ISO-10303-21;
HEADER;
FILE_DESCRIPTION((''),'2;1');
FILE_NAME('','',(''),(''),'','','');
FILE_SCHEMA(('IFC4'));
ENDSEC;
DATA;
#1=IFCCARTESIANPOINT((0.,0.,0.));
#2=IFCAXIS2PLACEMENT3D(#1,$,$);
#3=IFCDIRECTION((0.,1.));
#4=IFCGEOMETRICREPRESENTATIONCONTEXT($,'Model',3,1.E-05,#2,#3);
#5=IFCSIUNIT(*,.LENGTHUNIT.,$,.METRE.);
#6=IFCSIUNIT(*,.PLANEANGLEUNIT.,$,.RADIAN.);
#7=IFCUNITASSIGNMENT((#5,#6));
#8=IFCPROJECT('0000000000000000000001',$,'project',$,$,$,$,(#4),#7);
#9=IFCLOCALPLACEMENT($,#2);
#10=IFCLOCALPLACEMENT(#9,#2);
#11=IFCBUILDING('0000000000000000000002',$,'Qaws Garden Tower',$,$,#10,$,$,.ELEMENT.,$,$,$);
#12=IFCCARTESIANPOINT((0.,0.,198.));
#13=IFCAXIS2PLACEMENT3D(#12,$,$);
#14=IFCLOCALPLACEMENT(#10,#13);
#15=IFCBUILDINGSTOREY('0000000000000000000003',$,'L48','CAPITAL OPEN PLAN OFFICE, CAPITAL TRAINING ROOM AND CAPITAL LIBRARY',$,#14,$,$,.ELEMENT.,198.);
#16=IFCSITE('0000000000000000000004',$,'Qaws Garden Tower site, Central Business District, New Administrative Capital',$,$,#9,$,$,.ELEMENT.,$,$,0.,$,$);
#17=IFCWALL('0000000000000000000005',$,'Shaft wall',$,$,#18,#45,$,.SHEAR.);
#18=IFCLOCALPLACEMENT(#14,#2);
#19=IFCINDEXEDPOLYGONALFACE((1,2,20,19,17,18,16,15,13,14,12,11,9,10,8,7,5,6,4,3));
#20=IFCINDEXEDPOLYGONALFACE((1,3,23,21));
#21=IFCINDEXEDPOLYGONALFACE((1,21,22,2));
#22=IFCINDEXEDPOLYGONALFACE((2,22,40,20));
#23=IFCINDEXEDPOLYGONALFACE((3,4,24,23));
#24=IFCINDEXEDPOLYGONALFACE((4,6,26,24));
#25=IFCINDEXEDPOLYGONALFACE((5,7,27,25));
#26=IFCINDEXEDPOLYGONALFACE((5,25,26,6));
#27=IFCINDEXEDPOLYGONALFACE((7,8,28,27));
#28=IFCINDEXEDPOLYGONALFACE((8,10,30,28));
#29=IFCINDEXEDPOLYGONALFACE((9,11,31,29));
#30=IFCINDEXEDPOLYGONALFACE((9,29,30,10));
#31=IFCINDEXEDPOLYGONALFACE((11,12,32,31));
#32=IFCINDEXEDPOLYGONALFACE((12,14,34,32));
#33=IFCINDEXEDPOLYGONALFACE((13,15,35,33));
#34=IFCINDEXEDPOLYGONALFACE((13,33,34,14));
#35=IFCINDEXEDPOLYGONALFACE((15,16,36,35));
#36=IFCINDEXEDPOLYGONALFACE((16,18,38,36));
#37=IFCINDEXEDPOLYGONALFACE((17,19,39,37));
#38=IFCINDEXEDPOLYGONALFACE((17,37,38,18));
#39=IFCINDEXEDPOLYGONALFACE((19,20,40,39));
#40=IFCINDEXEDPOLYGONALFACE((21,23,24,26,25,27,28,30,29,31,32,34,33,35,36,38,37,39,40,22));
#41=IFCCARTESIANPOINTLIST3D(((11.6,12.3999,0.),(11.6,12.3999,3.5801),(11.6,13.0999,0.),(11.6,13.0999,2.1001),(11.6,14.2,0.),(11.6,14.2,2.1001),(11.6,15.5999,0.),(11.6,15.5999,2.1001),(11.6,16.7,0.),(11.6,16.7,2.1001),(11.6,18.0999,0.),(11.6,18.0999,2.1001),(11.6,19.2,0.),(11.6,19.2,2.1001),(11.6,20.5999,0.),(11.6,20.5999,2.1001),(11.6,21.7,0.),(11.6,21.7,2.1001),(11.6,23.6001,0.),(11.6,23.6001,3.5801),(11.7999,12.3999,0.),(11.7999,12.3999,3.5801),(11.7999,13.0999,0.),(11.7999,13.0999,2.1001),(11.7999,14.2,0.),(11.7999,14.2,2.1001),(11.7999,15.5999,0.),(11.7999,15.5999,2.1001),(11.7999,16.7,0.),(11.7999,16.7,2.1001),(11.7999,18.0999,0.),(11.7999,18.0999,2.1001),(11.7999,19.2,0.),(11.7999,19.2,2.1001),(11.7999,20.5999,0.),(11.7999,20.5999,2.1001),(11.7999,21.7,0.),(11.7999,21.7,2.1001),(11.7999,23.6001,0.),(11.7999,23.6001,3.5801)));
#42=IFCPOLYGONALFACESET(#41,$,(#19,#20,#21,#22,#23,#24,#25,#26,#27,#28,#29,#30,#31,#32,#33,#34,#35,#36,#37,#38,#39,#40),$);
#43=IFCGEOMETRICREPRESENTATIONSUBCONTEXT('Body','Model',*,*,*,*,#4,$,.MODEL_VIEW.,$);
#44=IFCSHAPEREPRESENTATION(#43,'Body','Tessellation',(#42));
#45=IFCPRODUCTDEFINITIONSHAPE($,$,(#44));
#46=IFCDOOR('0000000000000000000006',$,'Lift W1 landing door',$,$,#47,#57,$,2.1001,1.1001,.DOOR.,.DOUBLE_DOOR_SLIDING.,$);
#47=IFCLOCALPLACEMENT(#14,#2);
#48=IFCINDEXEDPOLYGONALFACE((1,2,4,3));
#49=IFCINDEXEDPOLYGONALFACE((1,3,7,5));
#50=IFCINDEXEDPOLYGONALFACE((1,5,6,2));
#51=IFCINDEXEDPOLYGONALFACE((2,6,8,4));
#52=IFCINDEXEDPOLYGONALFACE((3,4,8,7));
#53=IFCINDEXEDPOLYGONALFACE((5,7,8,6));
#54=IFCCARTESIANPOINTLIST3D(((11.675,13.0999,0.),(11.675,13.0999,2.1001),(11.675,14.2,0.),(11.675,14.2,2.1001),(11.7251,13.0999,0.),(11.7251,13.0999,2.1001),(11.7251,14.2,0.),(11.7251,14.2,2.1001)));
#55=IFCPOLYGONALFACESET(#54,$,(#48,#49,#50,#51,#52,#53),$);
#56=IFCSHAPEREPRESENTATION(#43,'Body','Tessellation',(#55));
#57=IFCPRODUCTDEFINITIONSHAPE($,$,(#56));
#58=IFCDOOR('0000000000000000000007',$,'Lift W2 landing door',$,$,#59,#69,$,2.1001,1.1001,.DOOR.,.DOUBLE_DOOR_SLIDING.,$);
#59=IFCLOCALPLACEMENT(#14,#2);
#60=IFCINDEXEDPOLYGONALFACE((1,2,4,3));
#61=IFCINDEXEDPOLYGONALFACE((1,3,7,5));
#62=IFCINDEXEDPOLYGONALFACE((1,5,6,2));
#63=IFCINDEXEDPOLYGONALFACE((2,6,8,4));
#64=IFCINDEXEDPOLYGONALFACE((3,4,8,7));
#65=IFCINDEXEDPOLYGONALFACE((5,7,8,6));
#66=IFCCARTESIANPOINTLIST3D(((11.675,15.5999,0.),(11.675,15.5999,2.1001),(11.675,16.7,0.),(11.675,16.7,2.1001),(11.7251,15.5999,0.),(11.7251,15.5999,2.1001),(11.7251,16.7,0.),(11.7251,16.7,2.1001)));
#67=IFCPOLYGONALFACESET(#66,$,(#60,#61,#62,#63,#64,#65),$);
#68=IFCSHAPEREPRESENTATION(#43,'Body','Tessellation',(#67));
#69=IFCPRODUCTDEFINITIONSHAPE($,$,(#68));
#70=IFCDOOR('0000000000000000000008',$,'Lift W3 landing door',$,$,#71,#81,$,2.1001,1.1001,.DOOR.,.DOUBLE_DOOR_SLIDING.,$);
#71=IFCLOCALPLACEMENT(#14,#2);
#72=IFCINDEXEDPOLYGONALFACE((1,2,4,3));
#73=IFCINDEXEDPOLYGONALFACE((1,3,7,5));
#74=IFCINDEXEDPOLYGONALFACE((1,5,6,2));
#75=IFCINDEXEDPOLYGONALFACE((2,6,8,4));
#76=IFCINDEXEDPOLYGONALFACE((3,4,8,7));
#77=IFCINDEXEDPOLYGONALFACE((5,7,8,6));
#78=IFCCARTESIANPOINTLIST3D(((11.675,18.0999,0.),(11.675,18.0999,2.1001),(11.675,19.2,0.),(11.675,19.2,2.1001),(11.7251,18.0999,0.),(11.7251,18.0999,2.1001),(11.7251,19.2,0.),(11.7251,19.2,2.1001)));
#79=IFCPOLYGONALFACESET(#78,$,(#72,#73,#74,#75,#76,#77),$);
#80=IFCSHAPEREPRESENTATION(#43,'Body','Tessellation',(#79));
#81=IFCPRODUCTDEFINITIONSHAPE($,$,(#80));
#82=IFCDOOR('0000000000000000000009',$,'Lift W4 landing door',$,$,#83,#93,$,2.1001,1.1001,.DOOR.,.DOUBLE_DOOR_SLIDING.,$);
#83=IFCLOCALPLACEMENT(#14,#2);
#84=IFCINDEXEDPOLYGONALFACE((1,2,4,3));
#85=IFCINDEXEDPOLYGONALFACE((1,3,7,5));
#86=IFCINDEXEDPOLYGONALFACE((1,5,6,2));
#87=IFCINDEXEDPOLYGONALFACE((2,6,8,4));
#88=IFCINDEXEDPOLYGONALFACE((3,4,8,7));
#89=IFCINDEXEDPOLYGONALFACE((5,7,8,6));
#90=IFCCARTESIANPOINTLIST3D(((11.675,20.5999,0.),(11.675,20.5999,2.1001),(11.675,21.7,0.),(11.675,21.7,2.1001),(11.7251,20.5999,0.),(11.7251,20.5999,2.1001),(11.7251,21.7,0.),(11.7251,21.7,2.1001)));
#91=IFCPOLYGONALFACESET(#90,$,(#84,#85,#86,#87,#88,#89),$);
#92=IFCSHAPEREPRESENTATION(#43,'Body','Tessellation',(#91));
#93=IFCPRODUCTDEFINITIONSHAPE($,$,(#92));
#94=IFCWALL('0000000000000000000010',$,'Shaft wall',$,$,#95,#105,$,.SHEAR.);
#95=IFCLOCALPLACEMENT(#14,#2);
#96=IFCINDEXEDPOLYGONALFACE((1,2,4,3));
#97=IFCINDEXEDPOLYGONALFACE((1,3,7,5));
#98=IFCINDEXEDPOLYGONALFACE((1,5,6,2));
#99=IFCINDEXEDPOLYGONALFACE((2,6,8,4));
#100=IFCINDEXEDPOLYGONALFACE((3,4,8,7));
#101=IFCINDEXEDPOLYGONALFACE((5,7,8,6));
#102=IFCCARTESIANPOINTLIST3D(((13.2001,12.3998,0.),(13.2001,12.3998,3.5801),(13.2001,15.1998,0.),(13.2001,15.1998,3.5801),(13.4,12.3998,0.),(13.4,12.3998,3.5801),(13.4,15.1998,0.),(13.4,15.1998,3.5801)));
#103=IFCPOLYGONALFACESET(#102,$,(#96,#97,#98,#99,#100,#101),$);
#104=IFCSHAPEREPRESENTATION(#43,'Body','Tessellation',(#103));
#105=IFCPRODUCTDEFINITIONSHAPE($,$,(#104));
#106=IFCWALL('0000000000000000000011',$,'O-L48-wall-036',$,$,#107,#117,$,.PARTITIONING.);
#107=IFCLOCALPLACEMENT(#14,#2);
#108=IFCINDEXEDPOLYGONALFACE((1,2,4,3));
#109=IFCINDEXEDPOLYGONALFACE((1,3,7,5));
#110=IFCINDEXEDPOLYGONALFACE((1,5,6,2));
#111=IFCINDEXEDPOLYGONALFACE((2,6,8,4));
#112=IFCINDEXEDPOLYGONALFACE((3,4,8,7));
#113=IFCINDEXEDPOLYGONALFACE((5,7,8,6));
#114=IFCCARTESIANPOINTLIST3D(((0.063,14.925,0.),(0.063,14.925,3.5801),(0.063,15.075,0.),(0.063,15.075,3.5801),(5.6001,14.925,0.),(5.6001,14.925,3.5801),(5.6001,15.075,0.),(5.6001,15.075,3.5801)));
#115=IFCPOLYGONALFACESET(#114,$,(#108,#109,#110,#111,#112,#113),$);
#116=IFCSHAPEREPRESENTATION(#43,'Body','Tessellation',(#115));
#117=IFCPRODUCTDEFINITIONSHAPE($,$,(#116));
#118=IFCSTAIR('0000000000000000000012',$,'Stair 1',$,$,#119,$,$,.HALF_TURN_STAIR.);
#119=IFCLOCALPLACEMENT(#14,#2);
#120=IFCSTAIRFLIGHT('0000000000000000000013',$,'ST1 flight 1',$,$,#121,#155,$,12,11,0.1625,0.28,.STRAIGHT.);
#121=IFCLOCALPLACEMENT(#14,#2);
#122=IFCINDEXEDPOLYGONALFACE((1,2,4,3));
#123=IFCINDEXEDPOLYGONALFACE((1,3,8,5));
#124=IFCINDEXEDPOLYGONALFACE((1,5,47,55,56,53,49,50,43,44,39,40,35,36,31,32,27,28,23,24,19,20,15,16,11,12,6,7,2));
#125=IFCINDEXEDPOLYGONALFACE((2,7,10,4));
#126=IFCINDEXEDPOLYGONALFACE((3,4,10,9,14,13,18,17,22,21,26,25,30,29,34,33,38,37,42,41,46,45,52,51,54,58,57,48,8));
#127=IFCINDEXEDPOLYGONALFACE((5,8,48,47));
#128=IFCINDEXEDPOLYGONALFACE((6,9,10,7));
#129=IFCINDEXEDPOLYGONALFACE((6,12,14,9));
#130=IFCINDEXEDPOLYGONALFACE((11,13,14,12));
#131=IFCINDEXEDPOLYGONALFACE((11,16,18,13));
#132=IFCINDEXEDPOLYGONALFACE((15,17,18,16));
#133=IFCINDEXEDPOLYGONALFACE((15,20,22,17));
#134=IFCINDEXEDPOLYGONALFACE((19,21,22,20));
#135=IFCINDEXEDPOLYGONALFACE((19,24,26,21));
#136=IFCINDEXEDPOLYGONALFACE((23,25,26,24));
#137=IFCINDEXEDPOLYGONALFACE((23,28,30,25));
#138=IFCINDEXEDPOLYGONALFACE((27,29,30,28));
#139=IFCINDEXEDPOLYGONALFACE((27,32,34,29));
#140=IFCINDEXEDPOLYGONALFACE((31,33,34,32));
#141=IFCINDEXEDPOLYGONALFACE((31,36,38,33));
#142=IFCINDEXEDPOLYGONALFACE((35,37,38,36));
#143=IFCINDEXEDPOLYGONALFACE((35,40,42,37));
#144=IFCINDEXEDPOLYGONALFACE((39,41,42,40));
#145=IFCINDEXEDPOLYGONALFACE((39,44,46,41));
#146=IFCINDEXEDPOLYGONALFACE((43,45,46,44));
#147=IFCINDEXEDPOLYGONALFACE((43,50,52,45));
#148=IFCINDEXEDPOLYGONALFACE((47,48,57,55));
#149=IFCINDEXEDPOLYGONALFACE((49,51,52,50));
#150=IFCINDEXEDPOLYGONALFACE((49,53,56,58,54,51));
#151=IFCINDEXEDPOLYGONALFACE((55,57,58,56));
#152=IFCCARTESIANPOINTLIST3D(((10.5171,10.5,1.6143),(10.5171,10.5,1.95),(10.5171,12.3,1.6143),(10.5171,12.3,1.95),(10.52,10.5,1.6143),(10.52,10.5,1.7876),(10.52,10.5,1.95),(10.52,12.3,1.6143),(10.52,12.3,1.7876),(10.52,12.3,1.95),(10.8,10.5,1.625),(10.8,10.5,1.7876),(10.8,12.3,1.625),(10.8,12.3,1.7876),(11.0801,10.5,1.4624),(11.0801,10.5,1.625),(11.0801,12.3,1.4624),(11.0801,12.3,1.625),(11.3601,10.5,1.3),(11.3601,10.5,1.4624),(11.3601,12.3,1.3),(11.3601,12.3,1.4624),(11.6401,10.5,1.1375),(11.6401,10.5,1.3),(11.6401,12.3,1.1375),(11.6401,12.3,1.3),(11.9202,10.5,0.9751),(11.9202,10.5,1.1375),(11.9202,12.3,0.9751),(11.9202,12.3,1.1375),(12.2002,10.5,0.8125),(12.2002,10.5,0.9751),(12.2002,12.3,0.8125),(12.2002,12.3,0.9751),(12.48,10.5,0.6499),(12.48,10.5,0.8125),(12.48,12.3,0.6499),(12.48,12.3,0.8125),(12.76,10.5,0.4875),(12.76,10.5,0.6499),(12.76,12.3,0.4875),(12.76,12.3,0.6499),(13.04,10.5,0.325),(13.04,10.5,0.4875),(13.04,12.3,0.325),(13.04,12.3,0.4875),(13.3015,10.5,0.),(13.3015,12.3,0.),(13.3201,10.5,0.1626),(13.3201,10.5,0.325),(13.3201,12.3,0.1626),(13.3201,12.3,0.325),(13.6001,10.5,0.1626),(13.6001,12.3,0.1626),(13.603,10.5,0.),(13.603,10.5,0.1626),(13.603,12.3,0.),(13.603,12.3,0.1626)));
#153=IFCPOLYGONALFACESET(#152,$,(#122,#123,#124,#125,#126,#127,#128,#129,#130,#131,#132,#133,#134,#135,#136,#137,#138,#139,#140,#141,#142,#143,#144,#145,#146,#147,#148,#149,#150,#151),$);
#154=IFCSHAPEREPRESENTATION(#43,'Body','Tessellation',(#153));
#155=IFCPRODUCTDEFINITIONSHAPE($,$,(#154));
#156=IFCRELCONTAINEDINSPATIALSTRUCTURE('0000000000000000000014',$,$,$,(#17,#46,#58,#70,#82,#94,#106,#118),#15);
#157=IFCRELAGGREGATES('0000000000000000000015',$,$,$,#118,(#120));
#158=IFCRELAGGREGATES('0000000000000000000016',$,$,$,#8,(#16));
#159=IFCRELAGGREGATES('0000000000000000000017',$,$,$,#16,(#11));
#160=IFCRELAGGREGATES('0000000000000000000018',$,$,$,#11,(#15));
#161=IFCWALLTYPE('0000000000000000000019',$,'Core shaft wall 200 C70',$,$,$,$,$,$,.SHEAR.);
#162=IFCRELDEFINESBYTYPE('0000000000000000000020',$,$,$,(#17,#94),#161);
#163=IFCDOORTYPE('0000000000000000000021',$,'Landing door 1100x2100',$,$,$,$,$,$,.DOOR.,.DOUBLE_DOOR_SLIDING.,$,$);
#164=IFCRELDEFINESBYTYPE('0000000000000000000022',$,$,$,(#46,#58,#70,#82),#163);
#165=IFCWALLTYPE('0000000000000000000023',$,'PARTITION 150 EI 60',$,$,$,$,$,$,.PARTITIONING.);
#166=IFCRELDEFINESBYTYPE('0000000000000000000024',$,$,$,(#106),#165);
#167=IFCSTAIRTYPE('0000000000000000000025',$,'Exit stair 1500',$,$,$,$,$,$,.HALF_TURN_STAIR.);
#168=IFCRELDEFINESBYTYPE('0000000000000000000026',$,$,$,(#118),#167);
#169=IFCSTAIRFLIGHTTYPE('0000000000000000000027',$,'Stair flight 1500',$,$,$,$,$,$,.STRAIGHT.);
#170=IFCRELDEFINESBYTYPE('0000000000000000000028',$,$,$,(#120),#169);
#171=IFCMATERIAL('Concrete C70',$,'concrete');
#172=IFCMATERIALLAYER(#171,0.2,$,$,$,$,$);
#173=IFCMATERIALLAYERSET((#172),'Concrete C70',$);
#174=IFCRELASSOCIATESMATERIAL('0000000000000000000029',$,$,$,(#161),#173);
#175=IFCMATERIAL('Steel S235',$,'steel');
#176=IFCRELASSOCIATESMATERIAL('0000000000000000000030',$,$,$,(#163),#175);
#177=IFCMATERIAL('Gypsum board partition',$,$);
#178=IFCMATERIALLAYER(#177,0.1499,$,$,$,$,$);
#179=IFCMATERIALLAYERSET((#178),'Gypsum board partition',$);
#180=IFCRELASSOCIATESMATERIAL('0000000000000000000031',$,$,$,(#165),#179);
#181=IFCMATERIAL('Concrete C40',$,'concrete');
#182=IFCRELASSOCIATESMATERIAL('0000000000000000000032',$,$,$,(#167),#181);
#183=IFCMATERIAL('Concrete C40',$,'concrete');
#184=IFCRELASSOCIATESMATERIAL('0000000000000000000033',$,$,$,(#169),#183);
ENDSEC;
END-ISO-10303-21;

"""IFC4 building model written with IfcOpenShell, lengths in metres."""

from ifc_helpers import new_model, si_unit, direction, frame, frame_2d, origin, place, context, subcontext, project, spatial, polyline, rectangle, outline, extrude, material, layer, layer_set, type_object, element, fill, aggregate, save


model = new_model("IFC4")

# Units and contexts
model_context = context("Model", 3, precision=1e-05, world=origin(), true_north=direction((0.0, 1.0)))
body_context = subcontext(model_context, "Body", "Model", "MODEL_VIEW")
ifc_project = project(units=[si_unit("LENGTHUNIT", "METRE"), si_unit("PLANEANGLEUNIT", "RADIAN")], contexts=[model_context])

# Site, building, storey
site_placement = place(None, origin())
site = spatial("IfcSite", under=ifc_project, at=site_placement, Name="Qaws Garden Tower site, Central Business District, New Administrative Capital", CompositionType="ELEMENT", RefElevation=0.0)
building_placement = place(site_placement, origin())
building = spatial("IfcBuilding", under=site, at=building_placement, Name="Qaws Garden Tower", CompositionType="ELEMENT")
storey_placement = place(building_placement, frame((0.0, 0.0, 198.0)))
storey = spatial("IfcBuildingStorey", under=building, at=storey_placement, Name="L48", Description="CAPITAL OPEN PLAN OFFICE, CAPITAL TRAINING ROOM AND CAPITAL LIBRARY", CompositionType="ELEMENT", Elevation=198.0)

# Shared definitions
ifc_material_1 = material(Name="Concrete C70", Category="concrete")
ifc_layer_1 = layer(ifc_material_1, 0.2)
ifc_layer_set_1 = layer_set([ifc_layer_1], Name="Concrete C70")
wall_type_1 = type_object("IfcWallType", Name="Core shaft wall 200 C70", PredefinedType="SHEAR", material=ifc_layer_set_1)

# Shared definitions
ifc_material_2 = material(Name="Steel S235", Category="steel")
door_type_1 = type_object("IfcDoorType", Name="Landing door 1100x2100", OperationType="DOUBLE_DOOR_SLIDING", PredefinedType="DOOR", material=ifc_material_2)

# Wall, openings, doors
wall_1_placement = place(storey_placement, frame((11.7, 12.3999, 0.0), z_axis=(0.0, 0.0, 1.0), x_axis=(0.0, 1.0, 0.0)))
wall_1 = element("IfcWall", 1, at=wall_1_placement, inside=storey, type_object=wall_type_1, Name="Shaft wall", PredefinedType="SHEAR", context=body_context, shape_type="SweptSolid", body=[
    extrude(rectangle(XDim=11.2002, YDim=0.2, at=frame_2d((5.6001, 0.0))), origin(), (0.0, 0.0, 1.0), 3.5801),
])
opening_1_placement = place(wall_1_placement, frame((0.7, 0.0, 0.0)))
opening_1 = element("IfcOpeningElement", 2, at=opening_1_placement, cuts=wall_1, PredefinedType="OPENING", context=body_context, shape_type="SweptSolid", body=[
    extrude(rectangle(XDim=1.1001, YDim=2.1001, at=frame_2d((0.55, 1.05))), frame((0.0, 0.1099, 0.0), z_axis=(0.0, -1.0, 0.0), x_axis=(1.0, 0.0, 0.0)), (0.0, 0.0, 1.0), 0.22),
])
opening_2_placement = place(wall_1_placement, frame((3.2, 0.0, 0.0)))
opening_2 = element("IfcOpeningElement", 3, at=opening_2_placement, cuts=wall_1, PredefinedType="OPENING", context=body_context, shape_type="SweptSolid", body=[
    extrude(rectangle(XDim=1.1001, YDim=2.1001, at=frame_2d((0.55, 1.05))), frame((0.0, 0.1099, 0.0), z_axis=(0.0, -1.0, 0.0), x_axis=(1.0, 0.0, 0.0)), (0.0, 0.0, 1.0), 0.22),
])
opening_3_placement = place(wall_1_placement, frame((5.7, 0.0, 0.0)))
opening_3 = element("IfcOpeningElement", 4, at=opening_3_placement, cuts=wall_1, PredefinedType="OPENING", context=body_context, shape_type="SweptSolid", body=[
    extrude(rectangle(XDim=1.1001, YDim=2.1001, at=frame_2d((0.55, 1.05))), frame((0.0, 0.1099, 0.0), z_axis=(0.0, -1.0, 0.0), x_axis=(1.0, 0.0, 0.0)), (0.0, 0.0, 1.0), 0.22),
])
opening_4_placement = place(wall_1_placement, frame((8.2, 0.0, 0.0)))
opening_4 = element("IfcOpeningElement", 5, at=opening_4_placement, cuts=wall_1, PredefinedType="OPENING", context=body_context, shape_type="SweptSolid", body=[
    extrude(rectangle(XDim=1.1001, YDim=2.1001, at=frame_2d((0.55, 1.05))), frame((0.0, 0.1099, 0.0), z_axis=(0.0, -1.0, 0.0), x_axis=(1.0, 0.0, 0.0)), (0.0, 0.0, 1.0), 0.22),
])
door_1_placement = place(opening_1_placement, origin())
door_1 = element("IfcDoor", 6, at=door_1_placement, inside=storey, type_object=door_type_1, Name="Lift W1 landing door", OperationType="DOUBLE_DOOR_SLIDING", OverallHeight=2.1001, OverallWidth=1.1001, PredefinedType="DOOR", context=body_context, shape_type="SweptSolid", body=[
    extrude(rectangle(XDim=1.1001, YDim=2.1001, at=frame_2d((0.55, 1.05))), frame((0.0, 0.0249, 0.0), z_axis=(0.0, -1.0, 0.0), x_axis=(1.0, 0.0, 0.0)), (0.0, 0.0, 1.0), 0.05),
])
fill(opening_1, door_1)
door_2_placement = place(opening_2_placement, origin())
door_2 = element("IfcDoor", 7, at=door_2_placement, inside=storey, type_object=door_type_1, Name="Lift W2 landing door", OperationType="DOUBLE_DOOR_SLIDING", OverallHeight=2.1001, OverallWidth=1.1001, PredefinedType="DOOR", context=body_context, shape_type="SweptSolid", body=[
    extrude(rectangle(XDim=1.1001, YDim=2.1001, at=frame_2d((0.55, 1.05))), frame((0.0, 0.0249, 0.0), z_axis=(0.0, -1.0, 0.0), x_axis=(1.0, 0.0, 0.0)), (0.0, 0.0, 1.0), 0.05),
])
fill(opening_2, door_2)
door_3_placement = place(opening_3_placement, origin())
door_3 = element("IfcDoor", 8, at=door_3_placement, inside=storey, type_object=door_type_1, Name="Lift W3 landing door", OperationType="DOUBLE_DOOR_SLIDING", OverallHeight=2.1001, OverallWidth=1.1001, PredefinedType="DOOR", context=body_context, shape_type="SweptSolid", body=[
    extrude(rectangle(XDim=1.1001, YDim=2.1001, at=frame_2d((0.55, 1.05))), frame((0.0, 0.0249, 0.0), z_axis=(0.0, -1.0, 0.0), x_axis=(1.0, 0.0, 0.0)), (0.0, 0.0, 1.0), 0.05),
])
fill(opening_3, door_3)
door_4_placement = place(opening_4_placement, origin())
door_4 = element("IfcDoor", 9, at=door_4_placement, inside=storey, type_object=door_type_1, Name="Lift W4 landing door", OperationType="DOUBLE_DOOR_SLIDING", OverallHeight=2.1001, OverallWidth=1.1001, PredefinedType="DOOR", context=body_context, shape_type="SweptSolid", body=[
    extrude(rectangle(XDim=1.1001, YDim=2.1001, at=frame_2d((0.55, 1.05))), frame((0.0, 0.0249, 0.0), z_axis=(0.0, -1.0, 0.0), x_axis=(1.0, 0.0, 0.0)), (0.0, 0.0, 1.0), 0.05),
])
fill(opening_4, door_4)

# Walls
wall_2_placement = place(storey_placement, frame((13.3, 12.3999, 0.0), z_axis=(0.0, 0.0, 1.0), x_axis=(0.0, 1.0, 0.0)))
element("IfcWall", 10, at=wall_2_placement, inside=storey, type_object=wall_type_1, Name="Shaft wall", PredefinedType="SHEAR", context=body_context, shape_type="SweptSolid", body=[
    extrude(rectangle(XDim=2.8, YDim=0.2, at=frame_2d((1.3999, 0.0))), origin(), (0.0, 0.0, 1.0), 3.5801),
])
ifc_material_3 = material(Name="Gypsum board partition")
ifc_layer_2 = layer(ifc_material_3, 0.1499)
ifc_layer_set_2 = layer_set([ifc_layer_2], Name="Gypsum board partition")
wall_type_2 = type_object("IfcWallType", Name="PARTITION 150 EI 60", PredefinedType="PARTITIONING", material=ifc_layer_set_2)
wall_3_placement = place(storey_placement, frame((0.063, 15.0, 0.0), z_axis=(0.0, 0.0, 1.0), x_axis=(1.0, 0.0, 0.0)))
element("IfcWall", 11, at=wall_3_placement, inside=storey, type_object=wall_type_2, Name="O-L48-wall-036", PredefinedType="PARTITIONING", context=body_context, shape_type="SweptSolid", body=[
    extrude(rectangle(XDim=5.5371, YDim=0.1499, at=frame_2d((2.7686, 0.0))), origin(), (0.0, 0.0, 1.0), 3.5801),
])

# Stair, stair flight
ifc_material_4 = material(Name="Concrete C40", Category="concrete")
stair_type = type_object("IfcStairType", Name="Exit stair 1500", PredefinedType="HALF_TURN_STAIR", material=ifc_material_4)
stair_placement = place(storey_placement, origin())
stair = element("IfcStair", 12, at=stair_placement, inside=storey, type_object=stair_type, Name="Stair 1", PredefinedType="HALF_TURN_STAIR")
ifc_material_5 = material(Name="Concrete C40", Category="concrete")
stair_flight_type = type_object("IfcStairFlightType", Name="Stair flight 1500", PredefinedType="STRAIGHT", material=ifc_material_5)
stair_flight_placement = place(storey_placement, frame((13.6001, 11.3999, 0.0), z_axis=(0.0, 0.0, 1.0), x_axis=(-1.0, 0.0, 0.0)))
stair_flight = element("IfcStairFlight", 13, at=stair_flight_placement, type_object=stair_flight_type, Name="ST1 flight 1", NumberOfRisers=12, NumberOfTreads=11, PredefinedType="STRAIGHT", RiserHeight=0.1625, TreadLength=0.28, context=body_context, shape_type="SweptSolid", body=[
    extrude(outline(polyline([(-0.0029, 0.0), (-0.0029, 0.1626), (0.0, 0.1626), (0.28, 0.1626), (0.28, 0.325), (0.5601, 0.325), (0.5601, 0.4875), (0.8401, 0.4875), (0.8401, 0.6499), (1.1201, 0.6499), (1.1201, 0.8125), (1.3999, 0.8125), (1.3999, 0.9751), (1.6799, 0.9751), (1.6799, 1.1375), (1.96, 1.1375), (1.96, 1.3), (2.24, 1.3), (2.24, 1.4624), (2.52, 1.4624), (2.52, 1.625), (2.8, 1.625), (2.8, 1.7876), (3.0801, 1.7876), (3.0801, 1.95), (3.083, 1.95), (3.083, 1.6143), (3.0801, 1.6143), (0.2986, 0.0), (-0.0029, 0.0)])), frame((0.0, 0.8999, 0.0), z_axis=(0.0, -1.0, 0.0), x_axis=(1.0, 0.0, 0.0)), (0.0, 0.0, 1.0), 1.8),
])
aggregate(stair, [stair_flight])

save(model, "model.ifc")
